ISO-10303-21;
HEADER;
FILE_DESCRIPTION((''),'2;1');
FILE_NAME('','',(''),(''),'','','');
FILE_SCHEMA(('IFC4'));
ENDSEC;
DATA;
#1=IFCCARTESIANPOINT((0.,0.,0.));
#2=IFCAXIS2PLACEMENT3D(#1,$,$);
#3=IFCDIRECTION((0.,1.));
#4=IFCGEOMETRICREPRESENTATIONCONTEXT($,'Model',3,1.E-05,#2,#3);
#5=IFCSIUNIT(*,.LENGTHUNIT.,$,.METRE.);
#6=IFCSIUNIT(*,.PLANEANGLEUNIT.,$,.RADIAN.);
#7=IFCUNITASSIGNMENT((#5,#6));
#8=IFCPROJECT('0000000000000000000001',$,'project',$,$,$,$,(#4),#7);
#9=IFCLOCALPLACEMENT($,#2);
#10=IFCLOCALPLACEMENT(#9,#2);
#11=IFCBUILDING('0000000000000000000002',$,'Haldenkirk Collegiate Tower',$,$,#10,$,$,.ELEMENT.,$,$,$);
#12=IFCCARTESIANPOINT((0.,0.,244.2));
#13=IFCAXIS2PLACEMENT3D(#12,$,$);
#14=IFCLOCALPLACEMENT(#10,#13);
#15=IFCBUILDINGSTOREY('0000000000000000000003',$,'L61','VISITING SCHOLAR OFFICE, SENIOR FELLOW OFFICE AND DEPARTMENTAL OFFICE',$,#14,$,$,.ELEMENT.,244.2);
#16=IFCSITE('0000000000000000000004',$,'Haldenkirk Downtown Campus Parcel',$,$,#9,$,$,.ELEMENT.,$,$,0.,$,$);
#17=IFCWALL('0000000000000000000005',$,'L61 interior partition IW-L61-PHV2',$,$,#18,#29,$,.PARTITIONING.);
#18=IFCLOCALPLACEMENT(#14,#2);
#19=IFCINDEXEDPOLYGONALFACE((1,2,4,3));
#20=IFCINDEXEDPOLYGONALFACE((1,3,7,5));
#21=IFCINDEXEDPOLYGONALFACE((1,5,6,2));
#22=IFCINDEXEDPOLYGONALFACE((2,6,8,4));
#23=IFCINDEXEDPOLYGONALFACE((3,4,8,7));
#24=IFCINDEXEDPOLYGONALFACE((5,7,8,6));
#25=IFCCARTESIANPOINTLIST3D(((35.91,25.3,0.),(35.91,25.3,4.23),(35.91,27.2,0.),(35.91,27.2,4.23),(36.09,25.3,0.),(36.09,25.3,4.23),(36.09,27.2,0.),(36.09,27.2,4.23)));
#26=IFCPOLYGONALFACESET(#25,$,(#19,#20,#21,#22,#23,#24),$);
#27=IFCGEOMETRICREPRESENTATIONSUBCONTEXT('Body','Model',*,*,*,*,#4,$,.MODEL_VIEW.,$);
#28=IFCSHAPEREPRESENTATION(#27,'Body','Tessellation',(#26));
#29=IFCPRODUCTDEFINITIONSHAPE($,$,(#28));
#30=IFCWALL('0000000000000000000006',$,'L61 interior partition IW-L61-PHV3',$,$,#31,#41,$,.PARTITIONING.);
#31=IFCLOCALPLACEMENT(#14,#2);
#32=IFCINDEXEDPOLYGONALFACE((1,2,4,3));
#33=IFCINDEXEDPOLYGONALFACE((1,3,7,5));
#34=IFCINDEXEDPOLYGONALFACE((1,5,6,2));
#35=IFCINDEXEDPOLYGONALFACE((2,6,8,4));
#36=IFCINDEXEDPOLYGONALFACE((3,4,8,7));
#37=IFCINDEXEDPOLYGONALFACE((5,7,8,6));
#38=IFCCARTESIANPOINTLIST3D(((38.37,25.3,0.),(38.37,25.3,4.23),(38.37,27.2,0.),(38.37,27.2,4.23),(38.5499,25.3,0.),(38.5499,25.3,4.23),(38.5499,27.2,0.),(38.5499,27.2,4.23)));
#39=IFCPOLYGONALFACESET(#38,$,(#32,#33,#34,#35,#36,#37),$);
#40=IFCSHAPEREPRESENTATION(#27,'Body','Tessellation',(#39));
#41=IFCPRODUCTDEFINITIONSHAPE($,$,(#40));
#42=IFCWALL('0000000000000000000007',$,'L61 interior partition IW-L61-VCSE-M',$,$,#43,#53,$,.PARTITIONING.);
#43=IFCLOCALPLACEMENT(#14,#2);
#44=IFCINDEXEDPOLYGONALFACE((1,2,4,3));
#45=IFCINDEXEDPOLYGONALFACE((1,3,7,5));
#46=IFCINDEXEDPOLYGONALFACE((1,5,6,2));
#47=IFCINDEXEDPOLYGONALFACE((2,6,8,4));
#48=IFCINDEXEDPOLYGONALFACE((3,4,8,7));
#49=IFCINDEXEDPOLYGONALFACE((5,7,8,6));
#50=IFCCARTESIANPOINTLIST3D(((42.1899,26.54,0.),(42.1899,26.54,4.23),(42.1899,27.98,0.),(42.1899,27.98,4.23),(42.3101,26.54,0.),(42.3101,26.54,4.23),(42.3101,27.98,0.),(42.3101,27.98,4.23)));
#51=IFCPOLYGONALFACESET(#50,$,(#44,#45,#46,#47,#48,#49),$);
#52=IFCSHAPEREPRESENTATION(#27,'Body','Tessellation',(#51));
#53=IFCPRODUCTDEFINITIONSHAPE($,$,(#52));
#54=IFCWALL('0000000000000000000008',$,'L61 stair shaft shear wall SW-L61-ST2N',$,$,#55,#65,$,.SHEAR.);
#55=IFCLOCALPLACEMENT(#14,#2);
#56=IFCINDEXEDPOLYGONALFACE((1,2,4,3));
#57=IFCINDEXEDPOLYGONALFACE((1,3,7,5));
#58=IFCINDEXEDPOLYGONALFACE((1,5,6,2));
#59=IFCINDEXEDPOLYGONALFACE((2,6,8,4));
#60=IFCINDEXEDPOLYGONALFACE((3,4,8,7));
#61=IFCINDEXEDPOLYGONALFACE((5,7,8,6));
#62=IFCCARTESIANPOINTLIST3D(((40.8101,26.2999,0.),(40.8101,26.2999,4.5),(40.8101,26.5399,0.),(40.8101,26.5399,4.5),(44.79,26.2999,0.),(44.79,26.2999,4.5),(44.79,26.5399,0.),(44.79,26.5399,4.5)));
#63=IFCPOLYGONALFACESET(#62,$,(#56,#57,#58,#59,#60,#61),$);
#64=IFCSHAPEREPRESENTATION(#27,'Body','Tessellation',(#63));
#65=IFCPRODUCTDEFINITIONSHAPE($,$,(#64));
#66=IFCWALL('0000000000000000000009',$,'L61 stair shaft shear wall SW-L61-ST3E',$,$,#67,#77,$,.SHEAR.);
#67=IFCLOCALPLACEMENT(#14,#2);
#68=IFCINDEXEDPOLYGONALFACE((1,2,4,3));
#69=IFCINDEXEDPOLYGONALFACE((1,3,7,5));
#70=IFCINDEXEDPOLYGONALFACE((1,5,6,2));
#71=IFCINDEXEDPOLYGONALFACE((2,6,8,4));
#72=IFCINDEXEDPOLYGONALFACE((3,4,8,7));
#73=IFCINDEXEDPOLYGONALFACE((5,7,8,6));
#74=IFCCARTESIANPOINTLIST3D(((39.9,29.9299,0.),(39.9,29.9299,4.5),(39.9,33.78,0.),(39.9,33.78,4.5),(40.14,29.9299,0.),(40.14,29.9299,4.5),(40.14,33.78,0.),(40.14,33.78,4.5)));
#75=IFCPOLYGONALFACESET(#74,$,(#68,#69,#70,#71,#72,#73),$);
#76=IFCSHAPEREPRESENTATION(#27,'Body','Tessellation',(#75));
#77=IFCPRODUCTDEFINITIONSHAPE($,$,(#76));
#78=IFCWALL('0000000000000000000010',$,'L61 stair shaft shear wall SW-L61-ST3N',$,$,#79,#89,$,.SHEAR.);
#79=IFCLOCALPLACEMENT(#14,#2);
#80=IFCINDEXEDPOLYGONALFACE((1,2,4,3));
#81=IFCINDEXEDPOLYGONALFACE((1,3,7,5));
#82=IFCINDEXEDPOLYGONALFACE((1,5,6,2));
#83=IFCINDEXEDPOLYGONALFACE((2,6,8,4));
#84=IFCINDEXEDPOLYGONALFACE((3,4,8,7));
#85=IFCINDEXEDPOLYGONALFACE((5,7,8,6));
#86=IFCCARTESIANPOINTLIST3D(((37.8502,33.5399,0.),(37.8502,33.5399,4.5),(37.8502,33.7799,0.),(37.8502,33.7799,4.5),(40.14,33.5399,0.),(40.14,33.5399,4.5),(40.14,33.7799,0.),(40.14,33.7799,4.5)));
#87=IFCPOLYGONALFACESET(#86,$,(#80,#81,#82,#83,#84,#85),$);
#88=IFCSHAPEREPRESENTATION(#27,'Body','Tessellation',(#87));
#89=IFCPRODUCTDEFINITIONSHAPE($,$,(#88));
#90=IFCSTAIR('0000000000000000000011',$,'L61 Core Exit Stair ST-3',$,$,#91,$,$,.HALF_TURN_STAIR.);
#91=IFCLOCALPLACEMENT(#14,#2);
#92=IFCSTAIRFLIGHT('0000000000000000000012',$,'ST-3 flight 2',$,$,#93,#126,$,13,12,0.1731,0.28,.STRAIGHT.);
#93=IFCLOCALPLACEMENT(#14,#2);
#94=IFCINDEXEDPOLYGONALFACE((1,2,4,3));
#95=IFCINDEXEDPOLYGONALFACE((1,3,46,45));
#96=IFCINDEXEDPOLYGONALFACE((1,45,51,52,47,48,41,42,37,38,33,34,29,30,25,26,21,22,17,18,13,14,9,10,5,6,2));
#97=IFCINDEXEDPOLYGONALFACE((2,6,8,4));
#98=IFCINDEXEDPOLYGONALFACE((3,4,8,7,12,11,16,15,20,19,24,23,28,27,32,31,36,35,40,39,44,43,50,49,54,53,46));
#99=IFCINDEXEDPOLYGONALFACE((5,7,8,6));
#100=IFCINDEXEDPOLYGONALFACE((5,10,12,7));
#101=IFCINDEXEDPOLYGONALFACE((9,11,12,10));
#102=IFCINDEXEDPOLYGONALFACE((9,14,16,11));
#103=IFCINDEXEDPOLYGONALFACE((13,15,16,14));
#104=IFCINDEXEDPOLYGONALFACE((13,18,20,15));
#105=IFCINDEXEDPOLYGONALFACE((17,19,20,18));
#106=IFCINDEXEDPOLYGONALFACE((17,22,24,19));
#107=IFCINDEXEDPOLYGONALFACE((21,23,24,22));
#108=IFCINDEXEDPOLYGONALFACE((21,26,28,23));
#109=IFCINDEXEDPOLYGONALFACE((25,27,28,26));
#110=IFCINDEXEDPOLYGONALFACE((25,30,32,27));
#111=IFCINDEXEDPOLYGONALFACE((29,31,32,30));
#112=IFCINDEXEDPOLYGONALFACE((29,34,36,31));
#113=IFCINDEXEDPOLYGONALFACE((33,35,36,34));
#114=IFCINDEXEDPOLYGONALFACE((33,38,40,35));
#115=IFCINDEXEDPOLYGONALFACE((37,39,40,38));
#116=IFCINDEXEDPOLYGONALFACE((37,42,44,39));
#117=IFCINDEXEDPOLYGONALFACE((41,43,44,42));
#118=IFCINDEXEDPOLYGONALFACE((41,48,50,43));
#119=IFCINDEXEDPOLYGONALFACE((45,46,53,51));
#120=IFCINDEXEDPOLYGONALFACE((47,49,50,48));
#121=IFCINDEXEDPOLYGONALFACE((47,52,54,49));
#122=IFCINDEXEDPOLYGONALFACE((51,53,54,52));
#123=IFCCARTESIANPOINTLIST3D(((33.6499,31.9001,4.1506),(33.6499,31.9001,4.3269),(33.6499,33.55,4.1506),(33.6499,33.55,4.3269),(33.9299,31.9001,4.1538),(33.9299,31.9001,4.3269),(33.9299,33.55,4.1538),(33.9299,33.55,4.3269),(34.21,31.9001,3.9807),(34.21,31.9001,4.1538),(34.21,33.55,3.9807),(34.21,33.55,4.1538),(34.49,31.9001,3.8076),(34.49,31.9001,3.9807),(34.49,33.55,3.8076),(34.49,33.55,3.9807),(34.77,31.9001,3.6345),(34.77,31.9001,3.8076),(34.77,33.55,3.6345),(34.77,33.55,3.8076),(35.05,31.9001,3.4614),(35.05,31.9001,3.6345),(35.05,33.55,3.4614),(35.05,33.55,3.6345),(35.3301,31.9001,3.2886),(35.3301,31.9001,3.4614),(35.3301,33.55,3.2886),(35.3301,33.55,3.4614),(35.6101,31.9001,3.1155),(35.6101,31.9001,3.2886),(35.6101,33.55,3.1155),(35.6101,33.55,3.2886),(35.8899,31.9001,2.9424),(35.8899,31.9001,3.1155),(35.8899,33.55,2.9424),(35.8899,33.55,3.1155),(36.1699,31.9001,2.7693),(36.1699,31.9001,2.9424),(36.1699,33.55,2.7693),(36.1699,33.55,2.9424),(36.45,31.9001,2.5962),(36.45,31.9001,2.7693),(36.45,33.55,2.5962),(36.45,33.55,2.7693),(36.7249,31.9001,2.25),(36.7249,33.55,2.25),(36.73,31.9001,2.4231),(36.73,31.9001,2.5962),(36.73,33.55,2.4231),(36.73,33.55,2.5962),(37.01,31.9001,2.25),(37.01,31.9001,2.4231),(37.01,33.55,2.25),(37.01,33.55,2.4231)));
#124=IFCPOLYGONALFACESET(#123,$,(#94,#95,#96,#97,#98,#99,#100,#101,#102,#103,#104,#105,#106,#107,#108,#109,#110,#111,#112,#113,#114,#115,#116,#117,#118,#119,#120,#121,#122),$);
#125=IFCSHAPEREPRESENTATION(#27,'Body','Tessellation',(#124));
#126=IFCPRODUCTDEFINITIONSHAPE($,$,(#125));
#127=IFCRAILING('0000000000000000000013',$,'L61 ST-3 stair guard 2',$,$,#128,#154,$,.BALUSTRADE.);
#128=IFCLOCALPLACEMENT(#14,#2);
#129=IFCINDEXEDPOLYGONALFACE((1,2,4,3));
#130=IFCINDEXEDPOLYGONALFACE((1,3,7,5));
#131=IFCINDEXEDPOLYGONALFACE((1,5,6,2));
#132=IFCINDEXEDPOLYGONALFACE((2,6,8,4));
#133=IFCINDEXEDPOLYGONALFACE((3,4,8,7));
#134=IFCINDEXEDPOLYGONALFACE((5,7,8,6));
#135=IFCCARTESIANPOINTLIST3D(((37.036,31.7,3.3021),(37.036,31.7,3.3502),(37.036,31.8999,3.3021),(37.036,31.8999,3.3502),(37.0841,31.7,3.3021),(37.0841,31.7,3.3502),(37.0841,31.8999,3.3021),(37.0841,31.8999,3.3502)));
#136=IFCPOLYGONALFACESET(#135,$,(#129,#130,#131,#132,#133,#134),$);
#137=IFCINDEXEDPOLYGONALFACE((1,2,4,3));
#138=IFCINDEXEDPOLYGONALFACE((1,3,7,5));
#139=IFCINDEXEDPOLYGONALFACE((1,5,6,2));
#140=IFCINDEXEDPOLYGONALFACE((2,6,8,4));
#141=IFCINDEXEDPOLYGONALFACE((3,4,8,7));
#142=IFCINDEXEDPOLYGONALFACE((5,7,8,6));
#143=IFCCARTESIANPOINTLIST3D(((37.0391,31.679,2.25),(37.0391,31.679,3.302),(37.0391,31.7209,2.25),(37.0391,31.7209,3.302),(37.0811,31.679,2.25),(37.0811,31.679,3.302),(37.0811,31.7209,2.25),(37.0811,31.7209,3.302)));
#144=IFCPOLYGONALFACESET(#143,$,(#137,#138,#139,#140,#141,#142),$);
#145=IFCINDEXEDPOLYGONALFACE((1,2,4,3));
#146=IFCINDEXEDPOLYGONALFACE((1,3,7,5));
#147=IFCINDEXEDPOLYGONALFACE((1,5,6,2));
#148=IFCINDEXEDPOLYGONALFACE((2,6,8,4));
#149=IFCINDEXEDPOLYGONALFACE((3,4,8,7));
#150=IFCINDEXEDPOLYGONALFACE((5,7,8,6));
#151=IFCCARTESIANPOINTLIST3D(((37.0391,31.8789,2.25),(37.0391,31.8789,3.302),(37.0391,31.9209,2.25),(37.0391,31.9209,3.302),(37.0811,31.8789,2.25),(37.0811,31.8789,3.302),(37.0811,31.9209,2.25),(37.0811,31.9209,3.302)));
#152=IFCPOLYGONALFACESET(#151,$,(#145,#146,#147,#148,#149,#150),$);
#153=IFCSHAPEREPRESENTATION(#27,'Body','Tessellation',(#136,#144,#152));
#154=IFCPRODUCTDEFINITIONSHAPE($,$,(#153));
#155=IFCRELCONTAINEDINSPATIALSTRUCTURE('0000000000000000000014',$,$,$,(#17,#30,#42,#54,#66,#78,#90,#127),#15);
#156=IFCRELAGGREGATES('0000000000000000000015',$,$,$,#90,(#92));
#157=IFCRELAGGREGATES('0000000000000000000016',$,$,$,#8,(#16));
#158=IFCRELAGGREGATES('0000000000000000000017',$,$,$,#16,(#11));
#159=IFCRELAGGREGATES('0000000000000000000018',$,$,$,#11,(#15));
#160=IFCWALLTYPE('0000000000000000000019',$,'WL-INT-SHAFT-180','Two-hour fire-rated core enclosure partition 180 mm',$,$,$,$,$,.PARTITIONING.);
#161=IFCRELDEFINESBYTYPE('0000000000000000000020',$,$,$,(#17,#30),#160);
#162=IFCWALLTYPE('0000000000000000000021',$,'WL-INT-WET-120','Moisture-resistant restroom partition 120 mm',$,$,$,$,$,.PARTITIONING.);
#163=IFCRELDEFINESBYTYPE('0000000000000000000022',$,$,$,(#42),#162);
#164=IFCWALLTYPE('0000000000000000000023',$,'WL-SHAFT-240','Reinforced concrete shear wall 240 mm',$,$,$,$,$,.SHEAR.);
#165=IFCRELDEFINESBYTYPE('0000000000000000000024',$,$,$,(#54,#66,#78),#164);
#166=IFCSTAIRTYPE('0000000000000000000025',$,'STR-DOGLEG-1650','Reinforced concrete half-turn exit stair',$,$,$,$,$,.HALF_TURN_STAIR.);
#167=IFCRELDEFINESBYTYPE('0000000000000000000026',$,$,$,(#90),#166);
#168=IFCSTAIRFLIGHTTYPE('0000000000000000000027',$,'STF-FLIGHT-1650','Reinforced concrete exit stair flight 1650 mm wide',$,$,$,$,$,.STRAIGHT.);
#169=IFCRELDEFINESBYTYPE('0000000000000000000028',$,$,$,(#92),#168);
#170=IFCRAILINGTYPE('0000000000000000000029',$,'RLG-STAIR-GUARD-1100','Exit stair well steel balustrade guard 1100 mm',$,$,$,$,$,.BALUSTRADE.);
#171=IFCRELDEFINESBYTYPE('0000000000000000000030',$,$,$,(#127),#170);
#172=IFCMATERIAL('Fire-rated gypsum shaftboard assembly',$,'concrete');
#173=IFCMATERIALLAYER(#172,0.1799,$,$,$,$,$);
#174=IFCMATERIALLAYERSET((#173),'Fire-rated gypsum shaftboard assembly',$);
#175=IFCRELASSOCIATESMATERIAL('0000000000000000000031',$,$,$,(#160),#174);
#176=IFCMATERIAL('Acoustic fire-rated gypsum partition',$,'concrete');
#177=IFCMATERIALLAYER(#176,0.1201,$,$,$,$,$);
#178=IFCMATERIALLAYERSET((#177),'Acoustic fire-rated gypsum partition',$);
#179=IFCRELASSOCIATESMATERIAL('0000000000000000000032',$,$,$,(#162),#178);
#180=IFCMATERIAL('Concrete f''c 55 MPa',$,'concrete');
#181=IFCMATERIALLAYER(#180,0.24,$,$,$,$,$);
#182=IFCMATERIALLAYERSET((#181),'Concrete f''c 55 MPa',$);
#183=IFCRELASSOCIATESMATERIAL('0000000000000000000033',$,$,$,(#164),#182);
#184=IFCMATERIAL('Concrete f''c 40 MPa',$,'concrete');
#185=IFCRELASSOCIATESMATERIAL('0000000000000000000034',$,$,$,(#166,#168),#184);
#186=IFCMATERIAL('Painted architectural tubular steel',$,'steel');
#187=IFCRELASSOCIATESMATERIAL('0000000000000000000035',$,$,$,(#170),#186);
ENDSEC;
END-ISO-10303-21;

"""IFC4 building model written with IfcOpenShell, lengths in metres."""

from ifc_helpers import new_model, si_unit, direction, frame, frame_2d, origin, origin_2d, place, context, subcontext, project, spatial, polyline, rectangle, outline, extrude, material, layer, layer_set, type_object, element, aggregate, save


model = new_model("IFC4")

# Units and contexts
model_context = context("Model", 3, precision=1e-05, world=origin(), true_north=direction((0.0, 1.0)))
body_context = subcontext(model_context, "Body", "Model", "MODEL_VIEW")
ifc_project = project(units=[si_unit("LENGTHUNIT", "METRE"), si_unit("PLANEANGLEUNIT", "RADIAN")], contexts=[model_context])

# Site, building, storey
site_placement = place(None, origin())
site = spatial("IfcSite", under=ifc_project, at=site_placement, Name="Haldenkirk Downtown Campus Parcel", CompositionType="ELEMENT", RefElevation=0.0)
building_placement = place(site_placement, origin())
building = spatial("IfcBuilding", under=site, at=building_placement, Name="Haldenkirk Collegiate Tower", CompositionType="ELEMENT")
storey_placement = place(building_placement, frame((0.0, 0.0, 244.2)))
storey = spatial("IfcBuildingStorey", under=building, at=storey_placement, Name="L61", Description="VISITING SCHOLAR OFFICE, SENIOR FELLOW OFFICE AND DEPARTMENTAL OFFICE", CompositionType="ELEMENT", Elevation=244.2)

# Shared definitions
ifc_material_1 = material(Name="Acoustic fire-rated gypsum partition", Category="concrete")

# Shared definitions
ifc_material_2 = material(Name="Fire-rated gypsum shaftboard assembly", Category="concrete")
ifc_layer_1 = layer(ifc_material_2, 0.1799)
ifc_layer_set_1 = layer_set([ifc_layer_1], Name="Fire-rated gypsum shaftboard assembly")
wall_type_1 = type_object("IfcWallType", Name="WL-INT-SHAFT-180", Description="Two-hour fire-rated core enclosure partition 180 mm", PredefinedType="PARTITIONING", material=ifc_layer_set_1)

# Walls
for number, where, z_axis, x_axis, name in (
    (1, (36.0, 25.3, 0.0), (0.0, 0.0, 1.0), (0.0, 1.0, 0.0), "L61 interior partition IW-L61-PHV2"),
    (2, (38.46, 25.3, 0.0), (0.0, 0.0, 1.0), (0.0, 1.0, 0.0), "L61 interior partition IW-L61-PHV3"),
):
    element("IfcWall", number, at=place(storey_placement, frame(where, z_axis=z_axis, x_axis=x_axis)), inside=storey, type_object=wall_type_1, Name=name, PredefinedType="PARTITIONING", context=body_context, shape_type="SweptSolid", body=[
        extrude(rectangle(XDim=1.8999, YDim=0.1799, at=frame_2d((0.95, 0.0))), origin(), (0.0, 0.0, 1.0), 4.23),
    ])
ifc_layer_2 = layer(ifc_material_1, 0.1201)
ifc_layer_set_2 = layer_set([ifc_layer_2], Name="Acoustic fire-rated gypsum partition")
wall_type_2 = type_object("IfcWallType", Name="WL-INT-WET-120", Description="Moisture-resistant restroom partition 120 mm", PredefinedType="PARTITIONING", material=ifc_layer_set_2)
wall_1_placement = place(storey_placement, frame((42.25, 26.54, 0.0), z_axis=(0.0, 0.0, 1.0), x_axis=(0.0, 1.0, 0.0)))
element("IfcWall", 3, at=wall_1_placement, inside=storey, type_object=wall_type_2, Name="L61 interior partition IW-L61-VCSE-M", PredefinedType="PARTITIONING", context=body_context, shape_type="SweptSolid", body=[
    extrude(rectangle(XDim=1.4399, YDim=0.1201, at=frame_2d((0.72, 0.0))), origin(), (0.0, 0.0, 1.0), 4.23),
])
ifc_material_3 = material(Name="Concrete f'c 55 MPa", Category="concrete")
ifc_layer_3 = layer(ifc_material_3, 0.24)
ifc_layer_set_3 = layer_set([ifc_layer_3], Name="Concrete f'c 55 MPa")
wall_type_3 = type_object("IfcWallType", Name="WL-SHAFT-240", Description="Reinforced concrete shear wall 240 mm", PredefinedType="SHEAR", material=ifc_layer_set_3)
wall_2_placement = place(storey_placement, frame((40.8101, 26.4199, 0.0), z_axis=(0.0, 0.0, 1.0), x_axis=(1.0, 0.0, 0.0)))
element("IfcWall", 4, at=wall_2_placement, inside=storey, type_object=wall_type_3, Name="L61 stair shaft shear wall SW-L61-ST2N", PredefinedType="SHEAR", context=body_context, shape_type="SweptSolid", body=[
    extrude(rectangle(XDim=3.98, YDim=0.24, at=frame_2d((1.99, 0.0))), origin(), (0.0, 0.0, 1.0), 4.5),
])
wall_3_placement = place(storey_placement, frame((40.02, 29.9299, 0.0), z_axis=(0.0, 0.0, 1.0), x_axis=(0.0, 1.0, 0.0)))
element("IfcWall", 5, at=wall_3_placement, inside=storey, type_object=wall_type_3, Name="L61 stair shaft shear wall SW-L61-ST3E", PredefinedType="SHEAR", context=body_context, shape_type="SweptSolid", body=[
    extrude(rectangle(XDim=3.8501, YDim=0.24, at=frame_2d((1.925, 0.0))), origin(), (0.0, 0.0, 1.0), 4.5),
])
wall_4_placement = place(storey_placement, frame((37.8501, 33.6599, 0.0), z_axis=(0.0, 0.0, 1.0), x_axis=(1.0, 0.0, 0.0)))
element("IfcWall", 6, at=wall_4_placement, inside=storey, type_object=wall_type_3, Name="L61 stair shaft shear wall SW-L61-ST3N", PredefinedType="SHEAR", context=body_context, shape_type="SweptSolid", body=[
    extrude(rectangle(XDim=2.2898, YDim=0.24, at=frame_2d((1.145, 0.0))), origin(), (0.0, 0.0, 1.0), 4.5),
])

# Stair, stair flight
ifc_material_4 = material(Name="Concrete f'c 40 MPa", Category="concrete")
stair_type = type_object("IfcStairType", Name="STR-DOGLEG-1650", Description="Reinforced concrete half-turn exit stair", PredefinedType="HALF_TURN_STAIR", material=ifc_material_4)
stair_placement = place(storey_placement, origin())
stair = element("IfcStair", 7, at=stair_placement, inside=storey, type_object=stair_type, Name="L61 Core Exit Stair ST-3", PredefinedType="HALF_TURN_STAIR")
stair_flight_type = type_object("IfcStairFlightType", Name="STF-FLIGHT-1650", Description="Reinforced concrete exit stair flight 1650 mm wide", PredefinedType="STRAIGHT", material=ifc_material_4)
stair_flight_placement = place(storey_placement, frame((37.01, 32.7251, 2.25), z_axis=(0.0, 0.0, 1.0), x_axis=(-1.0, 0.0, 0.0)))
stair_flight = element("IfcStairFlight", 8, at=stair_flight_placement, type_object=stair_flight_type, Name="ST-3 flight 2", NumberOfRisers=13, NumberOfTreads=12, PredefinedType="STRAIGHT", RiserHeight=0.1731, TreadLength=0.28, context=body_context, shape_type="SweptSolid", body=[
    extrude(outline(polyline([(0.0, 0.0), (0.0, 0.1731), (0.28, 0.1731), (0.28, 0.3462), (0.5601, 0.3462), (0.5601, 0.5193), (0.8401, 0.5193), (0.8401, 0.6924), (1.1201, 0.6924), (1.1201, 0.8655), (1.3999, 0.8655), (1.3999, 1.0386), (1.6799, 1.0386), (1.6799, 1.2114), (1.96, 1.2114), (1.96, 1.3845), (2.24, 1.3845), (2.24, 1.5576), (2.52, 1.5576), (2.52, 1.7307), (2.8, 1.7307), (2.8, 1.9038), (3.0801, 1.9038), (3.0801, 2.0769), (3.3601, 2.0769), (3.3601, 2.25), (3.3601, 1.9006), (0.2852, 0.0), (0.0, 0.0)])), frame((0.0, 0.825, 0.0), z_axis=(0.0, -1.0, 0.0), x_axis=(1.0, 0.0, 0.0)), (0.0, 0.0, 1.0), 1.6499),
])
aggregate(stair, [stair_flight])

# Railing
ifc_material_5 = material(Name="Painted architectural tubular steel", Category="steel")
railing_type_1 = type_object("IfcRailingType", Name="RLG-STAIR-GUARD-1100", Description="Exit stair well steel balustrade guard 1100 mm", PredefinedType="BALUSTRADE", material=ifc_material_5)
railing_1_placement = place(storey_placement, frame((37.0601, 31.7, 2.25)))
element("IfcRailing", 9, at=railing_1_placement, inside=storey, type_object=railing_type_1, Name="L61 ST-3 stair guard 2", PredefinedType="BALUSTRADE", context=body_context, shape_type="SweptSolid", body=[
    extrude(rectangle(XDim=0.0481, YDim=0.0481, at=origin_2d()), frame((0.0, 0.0, 1.0762), z_axis=(0.0, 1.0, 0.0), x_axis=(-1.0, 0.0, 0.0)), (0.0, 0.0, 1.0), 0.2),
    extrude(rectangle(XDim=0.042, YDim=0.042, at=origin_2d()), origin(), (0.0, 0.0, 1.0), 1.052),
    extrude(rectangle(XDim=0.042, YDim=0.042, at=origin_2d()), frame((0.0, 0.2, 0.0)), (0.0, 0.0, 1.0), 1.052),
])

save(model, "model.ifc")
